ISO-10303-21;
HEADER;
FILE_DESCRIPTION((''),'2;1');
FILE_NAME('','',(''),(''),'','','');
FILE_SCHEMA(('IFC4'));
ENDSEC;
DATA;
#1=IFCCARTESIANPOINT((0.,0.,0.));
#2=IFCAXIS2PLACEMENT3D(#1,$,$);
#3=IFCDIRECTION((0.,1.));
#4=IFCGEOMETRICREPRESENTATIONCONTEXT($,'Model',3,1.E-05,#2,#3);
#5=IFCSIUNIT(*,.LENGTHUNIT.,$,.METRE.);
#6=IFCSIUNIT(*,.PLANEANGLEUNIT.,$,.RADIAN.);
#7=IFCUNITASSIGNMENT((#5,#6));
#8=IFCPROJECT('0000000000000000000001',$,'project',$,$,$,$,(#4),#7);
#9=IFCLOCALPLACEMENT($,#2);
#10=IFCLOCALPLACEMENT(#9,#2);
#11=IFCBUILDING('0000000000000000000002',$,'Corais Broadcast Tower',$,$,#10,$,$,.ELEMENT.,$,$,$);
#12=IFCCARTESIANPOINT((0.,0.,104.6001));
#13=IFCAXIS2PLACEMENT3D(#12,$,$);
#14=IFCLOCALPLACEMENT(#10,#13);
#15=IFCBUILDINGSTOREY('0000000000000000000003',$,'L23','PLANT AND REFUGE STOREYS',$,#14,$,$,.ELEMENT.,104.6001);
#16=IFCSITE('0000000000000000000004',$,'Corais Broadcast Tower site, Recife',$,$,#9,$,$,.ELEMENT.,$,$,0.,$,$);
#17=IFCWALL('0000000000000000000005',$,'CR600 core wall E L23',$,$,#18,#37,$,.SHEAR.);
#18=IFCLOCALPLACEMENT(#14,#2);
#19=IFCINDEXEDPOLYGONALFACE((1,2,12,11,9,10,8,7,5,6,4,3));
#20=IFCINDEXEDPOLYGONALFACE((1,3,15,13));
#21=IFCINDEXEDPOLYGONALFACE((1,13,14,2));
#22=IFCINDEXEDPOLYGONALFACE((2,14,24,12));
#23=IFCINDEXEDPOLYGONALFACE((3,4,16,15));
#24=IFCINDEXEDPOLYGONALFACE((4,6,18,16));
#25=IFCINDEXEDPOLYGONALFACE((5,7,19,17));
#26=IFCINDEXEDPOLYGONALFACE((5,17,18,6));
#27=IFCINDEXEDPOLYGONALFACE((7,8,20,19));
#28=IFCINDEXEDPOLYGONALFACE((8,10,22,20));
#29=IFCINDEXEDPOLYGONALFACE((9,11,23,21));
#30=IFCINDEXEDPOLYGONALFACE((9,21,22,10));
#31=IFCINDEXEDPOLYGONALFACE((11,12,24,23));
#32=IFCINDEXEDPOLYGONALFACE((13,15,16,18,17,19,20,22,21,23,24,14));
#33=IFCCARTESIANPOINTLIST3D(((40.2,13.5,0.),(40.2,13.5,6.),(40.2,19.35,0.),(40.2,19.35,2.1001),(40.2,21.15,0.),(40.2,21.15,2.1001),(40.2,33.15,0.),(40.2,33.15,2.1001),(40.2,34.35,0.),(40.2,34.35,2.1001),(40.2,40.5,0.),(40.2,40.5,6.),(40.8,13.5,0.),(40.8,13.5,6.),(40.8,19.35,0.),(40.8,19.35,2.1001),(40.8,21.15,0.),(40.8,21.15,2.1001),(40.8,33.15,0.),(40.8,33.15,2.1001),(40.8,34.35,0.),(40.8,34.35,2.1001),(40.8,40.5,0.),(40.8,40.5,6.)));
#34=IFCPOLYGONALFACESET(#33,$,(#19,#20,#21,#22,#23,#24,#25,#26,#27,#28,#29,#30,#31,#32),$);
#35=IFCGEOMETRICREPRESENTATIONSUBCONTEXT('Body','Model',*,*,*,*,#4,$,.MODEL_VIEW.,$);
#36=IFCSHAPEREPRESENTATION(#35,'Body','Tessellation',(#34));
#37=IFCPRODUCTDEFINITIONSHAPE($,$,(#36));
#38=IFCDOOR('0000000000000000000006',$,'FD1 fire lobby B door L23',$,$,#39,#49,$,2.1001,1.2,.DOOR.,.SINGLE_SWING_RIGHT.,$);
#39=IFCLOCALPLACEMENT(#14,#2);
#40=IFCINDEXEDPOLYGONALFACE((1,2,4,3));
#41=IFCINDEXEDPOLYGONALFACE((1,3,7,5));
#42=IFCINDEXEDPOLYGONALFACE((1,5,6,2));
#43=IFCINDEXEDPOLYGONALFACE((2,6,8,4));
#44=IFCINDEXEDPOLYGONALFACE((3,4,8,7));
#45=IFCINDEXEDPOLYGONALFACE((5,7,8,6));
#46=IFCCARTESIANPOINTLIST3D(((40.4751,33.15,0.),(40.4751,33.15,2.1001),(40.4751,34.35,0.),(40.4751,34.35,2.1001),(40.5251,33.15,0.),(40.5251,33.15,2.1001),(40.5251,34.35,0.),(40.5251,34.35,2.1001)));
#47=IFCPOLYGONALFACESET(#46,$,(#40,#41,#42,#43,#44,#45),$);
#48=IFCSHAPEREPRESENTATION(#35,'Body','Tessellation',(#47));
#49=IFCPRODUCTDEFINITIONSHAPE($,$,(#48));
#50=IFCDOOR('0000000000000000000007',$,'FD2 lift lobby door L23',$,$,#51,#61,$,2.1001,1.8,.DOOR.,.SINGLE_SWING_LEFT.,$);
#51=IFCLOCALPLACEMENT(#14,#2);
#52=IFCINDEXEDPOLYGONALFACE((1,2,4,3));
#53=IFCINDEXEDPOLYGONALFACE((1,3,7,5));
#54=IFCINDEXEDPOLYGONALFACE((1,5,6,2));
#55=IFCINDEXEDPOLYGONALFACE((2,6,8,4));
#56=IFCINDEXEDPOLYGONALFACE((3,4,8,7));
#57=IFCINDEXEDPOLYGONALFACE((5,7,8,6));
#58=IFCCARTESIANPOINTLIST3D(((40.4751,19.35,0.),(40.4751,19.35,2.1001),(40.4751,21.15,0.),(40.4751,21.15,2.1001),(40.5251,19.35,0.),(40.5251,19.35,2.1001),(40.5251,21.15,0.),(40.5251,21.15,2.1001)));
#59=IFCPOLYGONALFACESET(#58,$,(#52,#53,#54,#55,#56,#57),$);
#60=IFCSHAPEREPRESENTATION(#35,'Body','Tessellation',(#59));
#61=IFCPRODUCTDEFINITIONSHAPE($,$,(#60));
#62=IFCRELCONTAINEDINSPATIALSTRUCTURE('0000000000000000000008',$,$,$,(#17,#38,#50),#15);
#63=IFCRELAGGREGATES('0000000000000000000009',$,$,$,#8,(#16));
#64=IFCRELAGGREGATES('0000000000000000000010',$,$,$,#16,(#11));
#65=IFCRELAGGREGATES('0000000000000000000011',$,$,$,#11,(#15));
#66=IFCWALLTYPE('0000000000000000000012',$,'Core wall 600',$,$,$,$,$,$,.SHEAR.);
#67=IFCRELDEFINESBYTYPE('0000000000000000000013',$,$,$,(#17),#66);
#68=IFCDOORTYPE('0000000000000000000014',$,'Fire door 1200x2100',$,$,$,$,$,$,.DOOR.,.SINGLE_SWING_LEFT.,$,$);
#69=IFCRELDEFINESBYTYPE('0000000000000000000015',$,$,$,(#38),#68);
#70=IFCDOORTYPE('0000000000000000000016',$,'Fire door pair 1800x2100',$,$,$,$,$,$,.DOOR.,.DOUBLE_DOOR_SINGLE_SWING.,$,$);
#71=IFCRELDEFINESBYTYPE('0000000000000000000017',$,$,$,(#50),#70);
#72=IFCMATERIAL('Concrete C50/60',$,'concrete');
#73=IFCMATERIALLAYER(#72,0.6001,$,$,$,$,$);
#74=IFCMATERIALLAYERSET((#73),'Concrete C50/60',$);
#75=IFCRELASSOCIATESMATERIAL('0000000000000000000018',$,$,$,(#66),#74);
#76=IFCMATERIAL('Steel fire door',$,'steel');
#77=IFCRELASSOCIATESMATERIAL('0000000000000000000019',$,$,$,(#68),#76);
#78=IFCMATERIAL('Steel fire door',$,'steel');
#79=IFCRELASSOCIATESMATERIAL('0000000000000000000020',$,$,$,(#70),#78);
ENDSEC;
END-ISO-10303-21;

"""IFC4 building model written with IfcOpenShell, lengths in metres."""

from ifc_helpers import new_model, si_unit, direction, frame, frame_2d, origin, place, context, subcontext, project, spatial, rectangle, extrude, material, layer, layer_set, type_object, element, fill, save


model = new_model("IFC4")

# Units and contexts
model_context = context("Model", 3, precision=1e-05, world=origin(), true_north=direction((0.0, 1.0)))
body_context = subcontext(model_context, "Body", "Model", "MODEL_VIEW")
ifc_project = project(units=[si_unit("LENGTHUNIT", "METRE"), si_unit("PLANEANGLEUNIT", "RADIAN")], contexts=[model_context])

# Site, building, storey
site_placement = place(None, origin())
site = spatial("IfcSite", under=ifc_project, at=site_placement, Name="Corais Broadcast Tower site, Recife", CompositionType="ELEMENT", RefElevation=0.0)
building_placement = place(site_placement, origin())
building = spatial("IfcBuilding", under=site, at=building_placement, Name="Corais Broadcast Tower", CompositionType="ELEMENT")
storey_placement = place(building_placement, frame((0.0, 0.0, 104.6001)))
storey = spatial("IfcBuildingStorey", under=building, at=storey_placement, Name="L23", Description="PLANT AND REFUGE STOREYS", CompositionType="ELEMENT", Elevation=104.6001)

# Wall, openings, doors
ifc_material_1 = material(Name="Concrete C50/60", Category="concrete")
ifc_layer = layer(ifc_material_1, 0.6001)
ifc_layer_set = layer_set([ifc_layer], Name="Concrete C50/60")
wall_type = type_object("IfcWallType", Name="Core wall 600", PredefinedType="SHEAR", material=ifc_layer_set)
wall_placement = place(storey_placement, frame((40.5, 13.5, 0.0), z_axis=(0.0, 0.0, 1.0), x_axis=(0.0, 1.0, 0.0)))
wall = element("IfcWall", 1, at=wall_placement, inside=storey, type_object=wall_type, Name="CR600 core wall E L23", PredefinedType="SHEAR", context=body_context, shape_type="SweptSolid", body=[
    extrude(rectangle(XDim=27.0, YDim=0.6001, at=frame_2d((13.5, 0.0))), origin(), (0.0, 0.0, 1.0), 6.0),
])
opening_1_placement = place(wall_placement, frame((5.8501, 0.0, 0.0)))
opening_1 = element("IfcOpeningElement", 2, at=opening_1_placement, cuts=wall, PredefinedType="OPENING", context=body_context, shape_type="SweptSolid", body=[
    extrude(rectangle(XDim=1.8, YDim=2.1001, at=frame_2d((0.8999, 1.05))), frame((0.0, 0.3101, 0.0), z_axis=(0.0, -1.0, 0.0), x_axis=(1.0, 0.0, 0.0)), (0.0, 0.0, 1.0), 0.6201),
])
opening_2_placement = place(wall_placement, frame((19.6499, 0.0, 0.0)))
opening_2 = element("IfcOpeningElement", 3, at=opening_2_placement, cuts=wall, PredefinedType="OPENING", context=body_context, shape_type="SweptSolid", body=[
    extrude(rectangle(XDim=1.2, YDim=2.1001, at=frame_2d((0.6001, 1.05))), frame((0.0, 0.3101, 0.0), z_axis=(0.0, -1.0, 0.0), x_axis=(1.0, 0.0, 0.0)), (0.0, 0.0, 1.0), 0.6201),
])
ifc_material_2 = material(Name="Steel fire door", Category="steel")
door_type_1 = type_object("IfcDoorType", Name="Fire door 1200x2100", OperationType="SINGLE_SWING_LEFT", PredefinedType="DOOR", material=ifc_material_2)
door_1_placement = place(opening_2_placement, origin())
door_1 = element("IfcDoor", 4, at=door_1_placement, inside=storey, type_object=door_type_1, Name="FD1 fire lobby B door L23", OperationType="SINGLE_SWING_RIGHT", OverallHeight=2.1001, OverallWidth=1.2, PredefinedType="DOOR", context=body_context, shape_type="SweptSolid", body=[
    extrude(rectangle(XDim=1.2, YDim=2.1001, at=frame_2d((0.6001, 1.05))), frame((0.0, 0.0249, 0.0), z_axis=(0.0, -1.0, 0.0), x_axis=(1.0, 0.0, 0.0)), (0.0, 0.0, 1.0), 0.05),
])
fill(opening_2, door_1)
ifc_material_3 = material(Name="Steel fire door", Category="steel")
door_type_2 = type_object("IfcDoorType", Name="Fire door pair 1800x2100", OperationType="DOUBLE_DOOR_SINGLE_SWING", PredefinedType="DOOR", material=ifc_material_3)
door_2_placement = place(opening_1_placement, origin())
door_2 = element("IfcDoor", 5, at=door_2_placement, inside=storey, type_object=door_type_2, Name="FD2 lift lobby door L23", OperationType="SINGLE_SWING_LEFT", OverallHeight=2.1001, OverallWidth=1.8, PredefinedType="DOOR", context=body_context, shape_type="SweptSolid", body=[
    extrude(rectangle(XDim=1.8, YDim=2.1001, at=frame_2d((0.8999, 1.05))), frame((0.0, 0.0249, 0.0), z_axis=(0.0, -1.0, 0.0), x_axis=(1.0, 0.0, 0.0)), (0.0, 0.0, 1.0), 0.05),
])
fill(opening_1, door_2)

save(model, "model.ifc")
